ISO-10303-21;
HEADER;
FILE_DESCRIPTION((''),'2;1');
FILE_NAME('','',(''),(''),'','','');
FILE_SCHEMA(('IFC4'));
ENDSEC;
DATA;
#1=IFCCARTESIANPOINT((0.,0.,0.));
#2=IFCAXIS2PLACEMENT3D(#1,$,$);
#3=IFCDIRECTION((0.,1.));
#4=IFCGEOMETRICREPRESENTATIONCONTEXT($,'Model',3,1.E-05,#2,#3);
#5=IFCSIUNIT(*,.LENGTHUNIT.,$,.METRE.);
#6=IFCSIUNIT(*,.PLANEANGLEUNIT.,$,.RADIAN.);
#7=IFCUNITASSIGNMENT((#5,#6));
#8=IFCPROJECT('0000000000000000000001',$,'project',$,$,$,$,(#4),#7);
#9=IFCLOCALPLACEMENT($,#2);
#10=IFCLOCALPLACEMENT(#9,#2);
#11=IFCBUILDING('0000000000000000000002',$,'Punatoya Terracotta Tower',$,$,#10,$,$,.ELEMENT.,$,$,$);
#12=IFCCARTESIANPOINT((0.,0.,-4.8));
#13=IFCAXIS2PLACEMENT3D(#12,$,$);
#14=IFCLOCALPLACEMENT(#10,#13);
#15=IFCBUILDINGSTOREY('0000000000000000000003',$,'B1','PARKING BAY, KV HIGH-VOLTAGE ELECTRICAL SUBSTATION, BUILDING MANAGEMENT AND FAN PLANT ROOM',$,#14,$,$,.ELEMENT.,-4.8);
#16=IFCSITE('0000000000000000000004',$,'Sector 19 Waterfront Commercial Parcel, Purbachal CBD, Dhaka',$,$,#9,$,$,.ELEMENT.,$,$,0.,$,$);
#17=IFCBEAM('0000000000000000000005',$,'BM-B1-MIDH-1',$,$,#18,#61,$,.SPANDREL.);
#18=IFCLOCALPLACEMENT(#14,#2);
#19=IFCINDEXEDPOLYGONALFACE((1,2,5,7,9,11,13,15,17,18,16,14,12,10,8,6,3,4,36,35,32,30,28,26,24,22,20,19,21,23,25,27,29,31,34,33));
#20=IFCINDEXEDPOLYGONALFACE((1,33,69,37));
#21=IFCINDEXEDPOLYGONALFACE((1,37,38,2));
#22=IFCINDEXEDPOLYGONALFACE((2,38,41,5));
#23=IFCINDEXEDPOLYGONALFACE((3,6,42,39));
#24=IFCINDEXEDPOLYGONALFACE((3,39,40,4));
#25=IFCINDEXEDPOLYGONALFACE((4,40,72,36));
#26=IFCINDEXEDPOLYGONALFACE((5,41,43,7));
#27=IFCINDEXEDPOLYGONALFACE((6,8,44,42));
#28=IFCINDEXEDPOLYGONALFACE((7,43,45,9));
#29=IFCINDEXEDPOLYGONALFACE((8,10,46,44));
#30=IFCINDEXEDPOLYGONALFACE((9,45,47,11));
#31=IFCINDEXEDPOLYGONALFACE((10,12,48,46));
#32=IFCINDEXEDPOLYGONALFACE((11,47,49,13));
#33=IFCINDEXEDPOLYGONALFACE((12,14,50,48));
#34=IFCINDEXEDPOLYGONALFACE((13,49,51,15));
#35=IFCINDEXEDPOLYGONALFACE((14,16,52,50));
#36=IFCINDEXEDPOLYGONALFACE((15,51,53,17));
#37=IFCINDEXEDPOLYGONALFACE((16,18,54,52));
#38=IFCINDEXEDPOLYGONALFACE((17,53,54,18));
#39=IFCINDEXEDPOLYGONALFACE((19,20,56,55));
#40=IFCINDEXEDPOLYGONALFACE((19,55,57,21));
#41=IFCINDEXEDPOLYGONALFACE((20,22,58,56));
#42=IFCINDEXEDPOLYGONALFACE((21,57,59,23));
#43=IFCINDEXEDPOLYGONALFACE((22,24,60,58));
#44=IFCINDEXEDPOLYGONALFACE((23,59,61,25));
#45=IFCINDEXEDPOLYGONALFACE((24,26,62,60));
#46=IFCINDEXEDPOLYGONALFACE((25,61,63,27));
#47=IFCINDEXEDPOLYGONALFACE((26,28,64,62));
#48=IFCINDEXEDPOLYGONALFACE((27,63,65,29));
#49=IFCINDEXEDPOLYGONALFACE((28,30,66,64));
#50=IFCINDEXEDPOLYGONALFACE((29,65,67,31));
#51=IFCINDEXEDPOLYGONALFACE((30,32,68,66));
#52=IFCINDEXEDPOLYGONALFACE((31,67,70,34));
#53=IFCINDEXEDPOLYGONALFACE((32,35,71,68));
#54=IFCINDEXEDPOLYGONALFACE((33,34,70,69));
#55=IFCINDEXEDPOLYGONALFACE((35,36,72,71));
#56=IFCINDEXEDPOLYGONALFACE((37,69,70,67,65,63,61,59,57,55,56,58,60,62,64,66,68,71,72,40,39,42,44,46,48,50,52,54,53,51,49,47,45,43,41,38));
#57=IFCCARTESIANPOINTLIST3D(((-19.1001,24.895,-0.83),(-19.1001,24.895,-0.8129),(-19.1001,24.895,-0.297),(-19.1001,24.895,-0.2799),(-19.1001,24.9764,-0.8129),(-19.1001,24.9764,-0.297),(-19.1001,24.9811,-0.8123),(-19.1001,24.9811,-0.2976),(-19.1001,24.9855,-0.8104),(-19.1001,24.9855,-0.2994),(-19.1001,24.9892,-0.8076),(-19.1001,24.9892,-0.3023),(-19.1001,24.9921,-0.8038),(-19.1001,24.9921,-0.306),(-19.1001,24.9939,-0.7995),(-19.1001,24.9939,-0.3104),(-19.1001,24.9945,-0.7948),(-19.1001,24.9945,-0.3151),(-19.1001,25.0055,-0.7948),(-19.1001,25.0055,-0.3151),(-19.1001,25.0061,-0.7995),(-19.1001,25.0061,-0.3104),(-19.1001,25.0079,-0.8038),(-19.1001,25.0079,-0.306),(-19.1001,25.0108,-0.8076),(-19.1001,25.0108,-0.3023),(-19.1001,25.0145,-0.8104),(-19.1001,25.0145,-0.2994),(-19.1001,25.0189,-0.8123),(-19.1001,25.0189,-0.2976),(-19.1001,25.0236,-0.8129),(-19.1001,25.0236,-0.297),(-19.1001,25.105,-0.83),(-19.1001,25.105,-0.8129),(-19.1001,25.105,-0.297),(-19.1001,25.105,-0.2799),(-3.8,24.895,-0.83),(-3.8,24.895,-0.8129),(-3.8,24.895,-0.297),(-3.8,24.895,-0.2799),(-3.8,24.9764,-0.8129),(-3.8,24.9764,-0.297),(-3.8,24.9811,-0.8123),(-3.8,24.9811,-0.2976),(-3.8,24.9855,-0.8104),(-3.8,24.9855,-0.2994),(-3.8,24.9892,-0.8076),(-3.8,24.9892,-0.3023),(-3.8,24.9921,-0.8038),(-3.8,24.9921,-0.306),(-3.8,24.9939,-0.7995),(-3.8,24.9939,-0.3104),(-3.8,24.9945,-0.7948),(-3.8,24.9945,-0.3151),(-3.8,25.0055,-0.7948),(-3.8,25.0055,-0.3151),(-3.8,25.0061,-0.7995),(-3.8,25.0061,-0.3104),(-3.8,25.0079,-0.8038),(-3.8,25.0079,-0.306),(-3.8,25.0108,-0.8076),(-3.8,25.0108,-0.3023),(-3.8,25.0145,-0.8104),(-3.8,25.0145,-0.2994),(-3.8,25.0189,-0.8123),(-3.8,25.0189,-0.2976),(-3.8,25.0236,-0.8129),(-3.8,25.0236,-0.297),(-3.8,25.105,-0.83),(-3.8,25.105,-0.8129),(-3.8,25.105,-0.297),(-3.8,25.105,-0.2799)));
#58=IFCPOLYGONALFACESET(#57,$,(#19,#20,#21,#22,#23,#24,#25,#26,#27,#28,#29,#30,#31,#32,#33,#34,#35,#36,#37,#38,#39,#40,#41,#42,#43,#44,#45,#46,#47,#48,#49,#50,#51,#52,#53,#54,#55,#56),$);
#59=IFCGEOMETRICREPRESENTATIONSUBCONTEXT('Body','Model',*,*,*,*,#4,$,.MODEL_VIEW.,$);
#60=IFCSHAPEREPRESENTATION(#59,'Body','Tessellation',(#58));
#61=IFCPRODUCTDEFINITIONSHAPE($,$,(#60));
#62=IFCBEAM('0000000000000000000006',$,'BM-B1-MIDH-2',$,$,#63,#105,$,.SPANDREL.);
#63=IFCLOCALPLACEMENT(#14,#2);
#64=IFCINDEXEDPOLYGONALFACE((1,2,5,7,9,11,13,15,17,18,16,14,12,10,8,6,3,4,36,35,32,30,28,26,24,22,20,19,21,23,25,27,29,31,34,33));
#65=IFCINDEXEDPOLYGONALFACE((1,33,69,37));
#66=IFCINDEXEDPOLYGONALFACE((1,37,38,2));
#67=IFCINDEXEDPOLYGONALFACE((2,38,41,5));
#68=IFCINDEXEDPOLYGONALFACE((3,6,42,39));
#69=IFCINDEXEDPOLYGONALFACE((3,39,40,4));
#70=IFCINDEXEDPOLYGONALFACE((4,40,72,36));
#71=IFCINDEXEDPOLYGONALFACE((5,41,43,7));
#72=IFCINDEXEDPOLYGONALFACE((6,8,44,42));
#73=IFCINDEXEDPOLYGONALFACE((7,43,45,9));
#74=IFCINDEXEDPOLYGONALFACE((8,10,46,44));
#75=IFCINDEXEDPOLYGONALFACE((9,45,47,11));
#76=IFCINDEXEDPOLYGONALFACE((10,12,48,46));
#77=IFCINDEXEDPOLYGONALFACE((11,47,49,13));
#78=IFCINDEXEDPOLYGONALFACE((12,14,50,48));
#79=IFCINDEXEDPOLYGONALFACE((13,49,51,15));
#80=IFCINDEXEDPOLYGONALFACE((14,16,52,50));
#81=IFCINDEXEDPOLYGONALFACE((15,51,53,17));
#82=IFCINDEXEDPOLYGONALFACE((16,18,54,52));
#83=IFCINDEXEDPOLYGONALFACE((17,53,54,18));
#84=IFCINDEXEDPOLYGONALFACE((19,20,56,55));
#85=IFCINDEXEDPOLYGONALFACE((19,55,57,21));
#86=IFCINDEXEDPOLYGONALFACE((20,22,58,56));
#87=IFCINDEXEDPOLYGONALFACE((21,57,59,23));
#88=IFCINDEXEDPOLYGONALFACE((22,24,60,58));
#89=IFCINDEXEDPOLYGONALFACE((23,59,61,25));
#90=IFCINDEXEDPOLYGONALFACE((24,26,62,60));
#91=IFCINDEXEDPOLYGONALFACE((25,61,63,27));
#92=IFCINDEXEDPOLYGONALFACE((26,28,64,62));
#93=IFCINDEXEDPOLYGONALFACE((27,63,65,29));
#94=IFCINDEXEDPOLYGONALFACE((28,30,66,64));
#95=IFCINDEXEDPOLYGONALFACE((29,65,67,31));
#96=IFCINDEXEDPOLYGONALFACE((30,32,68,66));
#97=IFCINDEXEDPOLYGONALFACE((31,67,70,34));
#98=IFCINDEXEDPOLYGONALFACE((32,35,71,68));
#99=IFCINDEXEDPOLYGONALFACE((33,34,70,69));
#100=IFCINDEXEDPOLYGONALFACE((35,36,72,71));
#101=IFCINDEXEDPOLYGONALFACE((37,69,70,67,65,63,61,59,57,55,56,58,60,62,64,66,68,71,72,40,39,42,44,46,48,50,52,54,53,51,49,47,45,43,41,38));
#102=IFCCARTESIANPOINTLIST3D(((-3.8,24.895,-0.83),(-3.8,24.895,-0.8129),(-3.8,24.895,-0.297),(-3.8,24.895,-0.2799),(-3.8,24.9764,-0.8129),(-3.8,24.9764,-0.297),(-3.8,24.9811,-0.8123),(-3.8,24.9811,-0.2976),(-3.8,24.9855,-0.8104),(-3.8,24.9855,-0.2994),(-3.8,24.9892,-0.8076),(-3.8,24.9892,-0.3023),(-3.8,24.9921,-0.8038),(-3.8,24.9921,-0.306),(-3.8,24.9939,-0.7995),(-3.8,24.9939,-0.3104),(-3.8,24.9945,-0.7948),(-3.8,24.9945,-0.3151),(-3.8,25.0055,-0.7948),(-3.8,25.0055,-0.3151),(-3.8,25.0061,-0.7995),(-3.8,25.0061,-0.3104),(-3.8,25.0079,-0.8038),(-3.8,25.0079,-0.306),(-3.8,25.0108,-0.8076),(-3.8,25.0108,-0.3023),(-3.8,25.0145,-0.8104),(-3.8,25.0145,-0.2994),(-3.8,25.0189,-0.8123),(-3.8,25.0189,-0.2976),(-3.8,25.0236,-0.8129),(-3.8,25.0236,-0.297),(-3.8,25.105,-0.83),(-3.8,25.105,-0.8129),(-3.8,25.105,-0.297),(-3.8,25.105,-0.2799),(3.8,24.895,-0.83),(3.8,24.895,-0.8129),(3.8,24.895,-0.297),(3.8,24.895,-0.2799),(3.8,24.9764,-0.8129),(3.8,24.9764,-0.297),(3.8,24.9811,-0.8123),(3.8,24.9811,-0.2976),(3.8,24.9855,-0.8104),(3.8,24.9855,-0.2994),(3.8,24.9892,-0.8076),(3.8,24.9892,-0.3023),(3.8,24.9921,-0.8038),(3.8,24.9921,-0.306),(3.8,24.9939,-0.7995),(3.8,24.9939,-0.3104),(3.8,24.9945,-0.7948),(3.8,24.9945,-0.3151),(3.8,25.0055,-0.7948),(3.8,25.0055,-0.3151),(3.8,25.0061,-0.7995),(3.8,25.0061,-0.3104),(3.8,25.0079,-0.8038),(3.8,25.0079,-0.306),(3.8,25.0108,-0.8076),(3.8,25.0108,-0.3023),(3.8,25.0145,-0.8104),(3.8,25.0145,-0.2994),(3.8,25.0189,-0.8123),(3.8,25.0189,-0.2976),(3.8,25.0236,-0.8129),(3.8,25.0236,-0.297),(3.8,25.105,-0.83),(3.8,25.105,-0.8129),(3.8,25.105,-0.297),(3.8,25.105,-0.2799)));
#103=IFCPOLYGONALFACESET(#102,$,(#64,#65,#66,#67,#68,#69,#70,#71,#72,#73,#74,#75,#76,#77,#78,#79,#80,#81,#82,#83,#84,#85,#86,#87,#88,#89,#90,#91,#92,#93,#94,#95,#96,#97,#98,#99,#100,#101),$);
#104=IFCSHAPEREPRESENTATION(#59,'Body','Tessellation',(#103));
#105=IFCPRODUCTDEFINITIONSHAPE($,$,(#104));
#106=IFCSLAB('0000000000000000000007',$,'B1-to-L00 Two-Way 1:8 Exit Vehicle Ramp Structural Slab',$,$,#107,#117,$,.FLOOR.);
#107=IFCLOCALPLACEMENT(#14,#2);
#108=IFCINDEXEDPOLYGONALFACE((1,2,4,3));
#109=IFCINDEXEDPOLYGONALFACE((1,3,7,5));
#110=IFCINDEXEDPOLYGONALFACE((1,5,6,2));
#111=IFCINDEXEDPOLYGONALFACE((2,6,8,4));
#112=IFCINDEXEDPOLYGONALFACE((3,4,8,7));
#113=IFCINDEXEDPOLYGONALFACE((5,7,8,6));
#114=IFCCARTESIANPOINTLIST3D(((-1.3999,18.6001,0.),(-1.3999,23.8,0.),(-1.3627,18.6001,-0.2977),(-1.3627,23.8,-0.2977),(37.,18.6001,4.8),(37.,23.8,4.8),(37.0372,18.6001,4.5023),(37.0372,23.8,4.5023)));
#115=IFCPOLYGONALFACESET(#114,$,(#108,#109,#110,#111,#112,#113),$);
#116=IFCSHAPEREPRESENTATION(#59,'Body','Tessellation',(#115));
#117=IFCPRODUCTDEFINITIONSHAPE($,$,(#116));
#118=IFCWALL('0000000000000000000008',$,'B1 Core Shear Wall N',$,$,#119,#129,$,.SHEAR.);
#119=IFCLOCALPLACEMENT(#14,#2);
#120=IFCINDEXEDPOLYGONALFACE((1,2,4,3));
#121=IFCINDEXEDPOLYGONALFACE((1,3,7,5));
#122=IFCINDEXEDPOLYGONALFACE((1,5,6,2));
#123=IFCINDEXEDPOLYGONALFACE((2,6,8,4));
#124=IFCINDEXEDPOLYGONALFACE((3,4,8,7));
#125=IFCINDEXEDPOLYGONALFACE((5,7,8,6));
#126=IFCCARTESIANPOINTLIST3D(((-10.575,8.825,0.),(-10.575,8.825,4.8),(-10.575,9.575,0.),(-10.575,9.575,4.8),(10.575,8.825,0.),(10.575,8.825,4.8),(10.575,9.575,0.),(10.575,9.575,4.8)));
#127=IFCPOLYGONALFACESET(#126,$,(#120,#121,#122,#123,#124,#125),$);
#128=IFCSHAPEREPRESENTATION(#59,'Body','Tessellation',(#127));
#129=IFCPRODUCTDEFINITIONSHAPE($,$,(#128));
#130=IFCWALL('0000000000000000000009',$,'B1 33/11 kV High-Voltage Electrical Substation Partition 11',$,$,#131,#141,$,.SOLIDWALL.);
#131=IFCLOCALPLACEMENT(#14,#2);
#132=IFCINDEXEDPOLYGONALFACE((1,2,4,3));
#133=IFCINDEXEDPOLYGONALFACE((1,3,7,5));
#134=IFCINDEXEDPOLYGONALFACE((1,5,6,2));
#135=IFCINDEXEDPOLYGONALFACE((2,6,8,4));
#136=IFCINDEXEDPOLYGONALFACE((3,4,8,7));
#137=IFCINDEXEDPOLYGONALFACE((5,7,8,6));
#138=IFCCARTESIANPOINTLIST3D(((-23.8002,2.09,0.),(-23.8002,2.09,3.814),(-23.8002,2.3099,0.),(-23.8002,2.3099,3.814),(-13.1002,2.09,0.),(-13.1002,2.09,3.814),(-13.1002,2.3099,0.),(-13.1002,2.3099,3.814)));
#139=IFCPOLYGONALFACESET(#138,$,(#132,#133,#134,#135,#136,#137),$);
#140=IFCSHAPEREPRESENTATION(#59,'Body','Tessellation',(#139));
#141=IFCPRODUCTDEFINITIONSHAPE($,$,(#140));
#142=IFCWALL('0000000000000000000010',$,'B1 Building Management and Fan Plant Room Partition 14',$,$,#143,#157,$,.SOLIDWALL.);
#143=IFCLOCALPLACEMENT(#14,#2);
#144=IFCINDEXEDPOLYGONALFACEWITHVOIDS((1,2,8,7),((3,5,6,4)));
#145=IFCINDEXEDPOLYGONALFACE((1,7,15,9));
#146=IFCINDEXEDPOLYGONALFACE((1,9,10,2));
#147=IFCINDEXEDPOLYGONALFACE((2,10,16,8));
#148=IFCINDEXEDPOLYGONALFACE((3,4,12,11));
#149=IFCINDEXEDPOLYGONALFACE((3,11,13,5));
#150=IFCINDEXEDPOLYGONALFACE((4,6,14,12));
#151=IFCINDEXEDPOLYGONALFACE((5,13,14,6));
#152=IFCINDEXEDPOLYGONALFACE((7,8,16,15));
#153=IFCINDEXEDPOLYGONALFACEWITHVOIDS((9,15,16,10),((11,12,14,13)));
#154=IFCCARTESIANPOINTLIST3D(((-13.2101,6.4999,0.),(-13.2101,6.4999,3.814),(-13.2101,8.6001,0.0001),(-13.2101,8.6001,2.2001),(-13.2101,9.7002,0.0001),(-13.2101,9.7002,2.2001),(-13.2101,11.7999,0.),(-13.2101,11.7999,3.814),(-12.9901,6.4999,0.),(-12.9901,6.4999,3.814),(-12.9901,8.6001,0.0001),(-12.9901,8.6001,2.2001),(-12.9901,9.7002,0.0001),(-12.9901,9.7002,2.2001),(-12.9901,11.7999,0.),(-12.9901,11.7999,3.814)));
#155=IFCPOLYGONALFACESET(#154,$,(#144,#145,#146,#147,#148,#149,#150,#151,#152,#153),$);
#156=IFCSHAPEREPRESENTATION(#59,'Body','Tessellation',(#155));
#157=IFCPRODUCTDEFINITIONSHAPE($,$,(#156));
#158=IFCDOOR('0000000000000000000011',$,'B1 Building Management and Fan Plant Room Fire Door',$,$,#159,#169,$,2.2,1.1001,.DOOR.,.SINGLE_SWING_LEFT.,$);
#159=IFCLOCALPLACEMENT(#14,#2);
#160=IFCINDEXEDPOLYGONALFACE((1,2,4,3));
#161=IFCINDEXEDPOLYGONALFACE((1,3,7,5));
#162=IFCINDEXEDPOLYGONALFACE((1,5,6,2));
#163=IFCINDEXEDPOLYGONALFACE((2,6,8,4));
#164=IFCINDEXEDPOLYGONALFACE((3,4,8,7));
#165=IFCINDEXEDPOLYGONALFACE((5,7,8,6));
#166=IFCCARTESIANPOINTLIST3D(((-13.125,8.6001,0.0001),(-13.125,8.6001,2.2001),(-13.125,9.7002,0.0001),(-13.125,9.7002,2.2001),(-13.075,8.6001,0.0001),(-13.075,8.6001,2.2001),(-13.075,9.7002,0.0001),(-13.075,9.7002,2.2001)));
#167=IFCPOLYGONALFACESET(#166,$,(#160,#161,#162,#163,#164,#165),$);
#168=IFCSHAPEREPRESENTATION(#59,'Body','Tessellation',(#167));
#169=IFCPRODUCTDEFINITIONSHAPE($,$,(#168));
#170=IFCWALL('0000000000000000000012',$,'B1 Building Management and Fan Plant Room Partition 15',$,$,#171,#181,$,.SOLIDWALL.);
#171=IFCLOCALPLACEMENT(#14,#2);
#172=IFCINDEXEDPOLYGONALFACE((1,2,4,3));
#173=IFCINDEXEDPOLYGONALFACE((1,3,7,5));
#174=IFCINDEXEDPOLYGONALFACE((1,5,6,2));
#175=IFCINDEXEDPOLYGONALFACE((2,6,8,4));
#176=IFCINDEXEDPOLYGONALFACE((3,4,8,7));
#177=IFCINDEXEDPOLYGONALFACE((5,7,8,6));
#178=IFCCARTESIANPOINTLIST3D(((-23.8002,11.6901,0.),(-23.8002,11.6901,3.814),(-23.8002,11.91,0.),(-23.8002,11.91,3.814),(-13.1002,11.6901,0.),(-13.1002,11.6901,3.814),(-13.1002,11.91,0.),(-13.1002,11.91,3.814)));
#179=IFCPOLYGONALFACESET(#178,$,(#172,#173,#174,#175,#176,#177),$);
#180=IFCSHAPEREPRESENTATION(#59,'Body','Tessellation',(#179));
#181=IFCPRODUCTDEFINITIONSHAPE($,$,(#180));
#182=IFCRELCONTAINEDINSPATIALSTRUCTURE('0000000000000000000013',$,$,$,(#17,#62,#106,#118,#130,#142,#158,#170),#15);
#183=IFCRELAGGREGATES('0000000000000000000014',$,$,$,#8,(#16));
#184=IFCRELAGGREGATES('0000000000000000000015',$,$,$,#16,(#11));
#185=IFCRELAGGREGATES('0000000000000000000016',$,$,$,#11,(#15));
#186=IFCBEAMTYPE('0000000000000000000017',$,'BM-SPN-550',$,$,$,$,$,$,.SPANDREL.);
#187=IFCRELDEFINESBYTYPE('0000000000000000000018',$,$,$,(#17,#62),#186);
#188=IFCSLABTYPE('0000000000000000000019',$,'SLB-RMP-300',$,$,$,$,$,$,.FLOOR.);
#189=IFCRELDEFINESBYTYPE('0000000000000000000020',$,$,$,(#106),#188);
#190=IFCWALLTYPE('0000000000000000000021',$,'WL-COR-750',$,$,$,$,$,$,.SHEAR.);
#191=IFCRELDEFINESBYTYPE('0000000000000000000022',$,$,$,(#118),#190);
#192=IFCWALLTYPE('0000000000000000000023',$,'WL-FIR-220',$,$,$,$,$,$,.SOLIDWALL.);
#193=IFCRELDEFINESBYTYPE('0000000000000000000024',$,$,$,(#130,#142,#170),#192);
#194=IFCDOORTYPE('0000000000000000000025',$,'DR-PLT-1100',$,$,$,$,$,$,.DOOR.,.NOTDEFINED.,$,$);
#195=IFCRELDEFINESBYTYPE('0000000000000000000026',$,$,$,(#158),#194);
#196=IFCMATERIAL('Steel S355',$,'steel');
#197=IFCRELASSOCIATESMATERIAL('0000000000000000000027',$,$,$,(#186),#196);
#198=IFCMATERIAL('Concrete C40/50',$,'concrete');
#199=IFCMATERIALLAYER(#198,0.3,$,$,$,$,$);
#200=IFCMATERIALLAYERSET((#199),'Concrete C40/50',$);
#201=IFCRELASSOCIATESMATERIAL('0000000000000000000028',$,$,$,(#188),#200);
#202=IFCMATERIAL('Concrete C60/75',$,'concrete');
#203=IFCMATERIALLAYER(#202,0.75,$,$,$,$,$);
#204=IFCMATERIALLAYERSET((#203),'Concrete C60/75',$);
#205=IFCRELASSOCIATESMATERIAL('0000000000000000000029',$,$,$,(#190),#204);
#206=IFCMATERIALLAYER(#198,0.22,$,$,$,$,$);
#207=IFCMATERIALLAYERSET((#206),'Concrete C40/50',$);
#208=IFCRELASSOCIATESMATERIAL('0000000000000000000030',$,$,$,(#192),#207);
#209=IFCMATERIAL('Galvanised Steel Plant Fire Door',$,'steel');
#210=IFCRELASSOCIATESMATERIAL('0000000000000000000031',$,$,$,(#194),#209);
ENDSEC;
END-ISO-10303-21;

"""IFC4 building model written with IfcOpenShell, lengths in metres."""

from ifc_helpers import new_model, si_unit, direction, frame, frame_2d, origin, origin_2d, place, context, subcontext, project, spatial, polyline, rectangle, i_section, outline, extrude, material, layer, layer_set, material_profile, profile_set, type_object, element, fill, save


model = new_model("IFC4")

# Units and contexts
model_context = context("Model", 3, precision=1e-05, world=origin(), true_north=direction((0.0, 1.0)))
body_context = subcontext(model_context, "Body", "Model", "MODEL_VIEW")
ifc_project = project(units=[si_unit("LENGTHUNIT", "METRE"), si_unit("PLANEANGLEUNIT", "RADIAN")], contexts=[model_context])

# Site, building, storey
site_placement = place(None, origin())
site = spatial("IfcSite", under=ifc_project, at=site_placement, Name="Sector 19 Waterfront Commercial Parcel, Purbachal CBD, Dhaka", CompositionType="ELEMENT", RefElevation=0.0)
building_placement = place(site_placement, origin())
building = spatial("IfcBuilding", under=site, at=building_placement, Name="Punatoya Terracotta Tower", CompositionType="ELEMENT")
storey_placement = place(building_placement, frame((0.0, 0.0, -4.8)))
storey = spatial("IfcBuildingStorey", under=building, at=storey_placement, Name="B1", Description="PARKING BAY, KV HIGH-VOLTAGE ELECTRICAL SUBSTATION, BUILDING MANAGEMENT AND FAN PLANT ROOM", CompositionType="ELEMENT", Elevation=-4.8)

# Shared definitions
ifc_material_1 = material(Name="Concrete C60/75", Category="concrete")

# Beams
ifc_material_2 = material(Name="Steel S355", Category="steel")
ifc_material_profile_1 = material_profile(ifc_material_2, i_section(OverallWidth=0.21, OverallDepth=0.55, WebThickness=0.011, FlangeThickness=0.0171, FilletRadius=0.0181, at=origin_2d()))
ifc_profile_set_1 = profile_set([ifc_material_profile_1], Name="Steel S355")
beam_type_1 = type_object("IfcBeamType", Name="BM-SPN-550", PredefinedType="SPANDREL", material=ifc_profile_set_1)
beam_1_placement = place(storey_placement, frame((-19.1001, 25.0, -0.5549), z_axis=(1.0, 0.0, 0.0), x_axis=(0.0, 1.0, 0.0)))
element("IfcBeam", 1, at=beam_1_placement, inside=storey, type_object=beam_type_1, Name="BM-B1-MIDH-1", PredefinedType="SPANDREL", context=body_context, shape_type="SweptSolid", body=[
    extrude(i_section(OverallWidth=0.21, OverallDepth=0.55, WebThickness=0.011, FlangeThickness=0.0171, FilletRadius=0.0181, at=origin_2d()), origin(), (0.0, 0.0, 1.0), 15.3),
])
beam_2_placement = place(storey_placement, frame((-3.8, 25.0, -0.5549), z_axis=(1.0, 0.0, 0.0), x_axis=(0.0, 1.0, 0.0)))
element("IfcBeam", 2, at=beam_2_placement, inside=storey, type_object=beam_type_1, Name="BM-B1-MIDH-2", PredefinedType="SPANDREL", context=body_context, shape_type="SweptSolid", body=[
    extrude(i_section(OverallWidth=0.21, OverallDepth=0.55, WebThickness=0.011, FlangeThickness=0.0171, FilletRadius=0.0181, at=origin_2d()), origin(), (0.0, 0.0, 1.0), 7.6001),
])

# Slab
ifc_material_3 = material(Name="Concrete C40/50", Category="concrete")
ifc_layer_1 = layer(ifc_material_3, 0.3)
ifc_layer_set_1 = layer_set([ifc_layer_1], Name="Concrete C40/50")
slab_type = type_object("IfcSlabType", Name="SLB-RMP-300", PredefinedType="FLOOR", material=ifc_layer_set_1)
slab_placement = place(storey_placement, frame((-1.3999, 18.6001, 0.0), z_axis=(-0.124036, 0.0, 0.992278), x_axis=(0.992278, 0.0, 0.124036)))
element("IfcSlab", 3, at=slab_placement, inside=storey, type_object=slab_type, Name="B1-to-L00 Two-Way 1:8 Exit Vehicle Ramp Structural Slab", PredefinedType="FLOOR", context=body_context, shape_type="SweptSolid", body=[
    extrude(outline(polyline([(0.0, 0.0), (38.6987, 0.0), (38.6987, 5.2), (0.0, 5.2), (0.0, 0.0)])), origin(), (0.0, 0.0, -1.0), 0.3),
])

# Walls
ifc_layer_2 = layer(ifc_material_1, 0.75)
ifc_layer_set_2 = layer_set([ifc_layer_2], Name="Concrete C60/75")
wall_type_1 = type_object("IfcWallType", Name="WL-COR-750", PredefinedType="SHEAR", material=ifc_layer_set_2)
wall_1_placement = place(storey_placement, frame((-10.575, 9.2, 0.0), z_axis=(0.0, 0.0, 1.0), x_axis=(1.0, 0.0, 0.0)))
element("IfcWall", 4, at=wall_1_placement, inside=storey, type_object=wall_type_1, Name="B1 Core Shear Wall N", PredefinedType="SHEAR", context=body_context, shape_type="SweptSolid", body=[
    extrude(rectangle(XDim=21.1499, YDim=0.75, at=frame_2d((10.575, 0.0))), origin(), (0.0, 0.0, 1.0), 4.8),
])
ifc_layer_3 = layer(ifc_material_3, 0.22)
ifc_layer_set_3 = layer_set([ifc_layer_3], Name="Concrete C40/50")
wall_type_2 = type_object("IfcWallType", Name="WL-FIR-220", PredefinedType="SOLIDWALL", material=ifc_layer_set_3)
wall_2_placement = place(storey_placement, frame((-13.1001, 2.2, 0.0), z_axis=(0.0, 0.0, 1.0), x_axis=(-1.0, 0.0, 0.0)))
element("IfcWall", 5, at=wall_2_placement, inside=storey, type_object=wall_type_2, Name="B1 33/11 kV High-Voltage Electrical Substation Partition 11", PredefinedType="SOLIDWALL", context=body_context, shape_type="SweptSolid", body=[
    extrude(rectangle(XDim=10.7, YDim=0.22, at=frame_2d((5.3501, 0.0))), origin(), (0.0, 0.0, 1.0), 3.814),
])

# Wall, opening, door
wall_3_placement = place(storey_placement, frame((-13.1001, 6.5, 0.0), z_axis=(0.0, 0.0, 1.0), x_axis=(0.0, 1.0, 0.0)))
wall_3 = element("IfcWall", 6, at=wall_3_placement, inside=storey, type_object=wall_type_2, Name="B1 Building Management and Fan Plant Room Partition 14", PredefinedType="SOLIDWALL", context=body_context, shape_type="SweptSolid", body=[
    extrude(rectangle(XDim=5.3, YDim=0.22, at=frame_2d((2.6499, 0.0))), origin(), (0.0, 0.0, 1.0), 3.814),
])
opening_1_placement = place(wall_3_placement, frame((2.1001, 0.0, 0.0)))
opening_1 = element("IfcOpeningElement", 7, at=opening_1_placement, cuts=wall_3, PredefinedType="OPENING", context=body_context, shape_type="SweptSolid", body=[
    extrude(rectangle(XDim=1.1001, YDim=2.2, at=frame_2d((0.55, 1.1001))), frame((0.0, 0.1199, 0.0), z_axis=(0.0, -1.0, 0.0), x_axis=(1.0, 0.0, 0.0)), (0.0, 0.0, 1.0), 0.24),
])
ifc_material_4 = material(Name="Galvanised Steel Plant Fire Door", Category="steel")
door_type_1 = type_object("IfcDoorType", Name="DR-PLT-1100", OperationType="NOTDEFINED", PredefinedType="DOOR", material=ifc_material_4)
door_1_placement = place(opening_1_placement, origin())
door_1 = element("IfcDoor", 8, at=door_1_placement, inside=storey, type_object=door_type_1, Name="B1 Building Management and Fan Plant Room Fire Door", OperationType="SINGLE_SWING_LEFT", OverallHeight=2.2, OverallWidth=1.1001, PredefinedType="DOOR", context=body_context, shape_type="SweptSolid", body=[
    extrude(rectangle(XDim=1.1001, YDim=2.2, at=frame_2d((0.55, 1.1001))), frame((0.0, 0.0249, 0.0), z_axis=(0.0, -1.0, 0.0), x_axis=(1.0, 0.0, 0.0)), (0.0, 0.0, 1.0), 0.05),
])
fill(opening_1, door_1)

# Wall
wall_4_placement = place(storey_placement, frame((-13.1001, 11.8, 0.0), z_axis=(0.0, 0.0, 1.0), x_axis=(-1.0, 0.0, 0.0)))
element("IfcWall", 9, at=wall_4_placement, inside=storey, type_object=wall_type_2, Name="B1 Building Management and Fan Plant Room Partition 15", PredefinedType="SOLIDWALL", context=body_context, shape_type="SweptSolid", body=[
    extrude(rectangle(XDim=10.7, YDim=0.22, at=frame_2d((5.3501, 0.0))), origin(), (0.0, 0.0, 1.0), 3.814),
])

save(model, "model.ifc")
